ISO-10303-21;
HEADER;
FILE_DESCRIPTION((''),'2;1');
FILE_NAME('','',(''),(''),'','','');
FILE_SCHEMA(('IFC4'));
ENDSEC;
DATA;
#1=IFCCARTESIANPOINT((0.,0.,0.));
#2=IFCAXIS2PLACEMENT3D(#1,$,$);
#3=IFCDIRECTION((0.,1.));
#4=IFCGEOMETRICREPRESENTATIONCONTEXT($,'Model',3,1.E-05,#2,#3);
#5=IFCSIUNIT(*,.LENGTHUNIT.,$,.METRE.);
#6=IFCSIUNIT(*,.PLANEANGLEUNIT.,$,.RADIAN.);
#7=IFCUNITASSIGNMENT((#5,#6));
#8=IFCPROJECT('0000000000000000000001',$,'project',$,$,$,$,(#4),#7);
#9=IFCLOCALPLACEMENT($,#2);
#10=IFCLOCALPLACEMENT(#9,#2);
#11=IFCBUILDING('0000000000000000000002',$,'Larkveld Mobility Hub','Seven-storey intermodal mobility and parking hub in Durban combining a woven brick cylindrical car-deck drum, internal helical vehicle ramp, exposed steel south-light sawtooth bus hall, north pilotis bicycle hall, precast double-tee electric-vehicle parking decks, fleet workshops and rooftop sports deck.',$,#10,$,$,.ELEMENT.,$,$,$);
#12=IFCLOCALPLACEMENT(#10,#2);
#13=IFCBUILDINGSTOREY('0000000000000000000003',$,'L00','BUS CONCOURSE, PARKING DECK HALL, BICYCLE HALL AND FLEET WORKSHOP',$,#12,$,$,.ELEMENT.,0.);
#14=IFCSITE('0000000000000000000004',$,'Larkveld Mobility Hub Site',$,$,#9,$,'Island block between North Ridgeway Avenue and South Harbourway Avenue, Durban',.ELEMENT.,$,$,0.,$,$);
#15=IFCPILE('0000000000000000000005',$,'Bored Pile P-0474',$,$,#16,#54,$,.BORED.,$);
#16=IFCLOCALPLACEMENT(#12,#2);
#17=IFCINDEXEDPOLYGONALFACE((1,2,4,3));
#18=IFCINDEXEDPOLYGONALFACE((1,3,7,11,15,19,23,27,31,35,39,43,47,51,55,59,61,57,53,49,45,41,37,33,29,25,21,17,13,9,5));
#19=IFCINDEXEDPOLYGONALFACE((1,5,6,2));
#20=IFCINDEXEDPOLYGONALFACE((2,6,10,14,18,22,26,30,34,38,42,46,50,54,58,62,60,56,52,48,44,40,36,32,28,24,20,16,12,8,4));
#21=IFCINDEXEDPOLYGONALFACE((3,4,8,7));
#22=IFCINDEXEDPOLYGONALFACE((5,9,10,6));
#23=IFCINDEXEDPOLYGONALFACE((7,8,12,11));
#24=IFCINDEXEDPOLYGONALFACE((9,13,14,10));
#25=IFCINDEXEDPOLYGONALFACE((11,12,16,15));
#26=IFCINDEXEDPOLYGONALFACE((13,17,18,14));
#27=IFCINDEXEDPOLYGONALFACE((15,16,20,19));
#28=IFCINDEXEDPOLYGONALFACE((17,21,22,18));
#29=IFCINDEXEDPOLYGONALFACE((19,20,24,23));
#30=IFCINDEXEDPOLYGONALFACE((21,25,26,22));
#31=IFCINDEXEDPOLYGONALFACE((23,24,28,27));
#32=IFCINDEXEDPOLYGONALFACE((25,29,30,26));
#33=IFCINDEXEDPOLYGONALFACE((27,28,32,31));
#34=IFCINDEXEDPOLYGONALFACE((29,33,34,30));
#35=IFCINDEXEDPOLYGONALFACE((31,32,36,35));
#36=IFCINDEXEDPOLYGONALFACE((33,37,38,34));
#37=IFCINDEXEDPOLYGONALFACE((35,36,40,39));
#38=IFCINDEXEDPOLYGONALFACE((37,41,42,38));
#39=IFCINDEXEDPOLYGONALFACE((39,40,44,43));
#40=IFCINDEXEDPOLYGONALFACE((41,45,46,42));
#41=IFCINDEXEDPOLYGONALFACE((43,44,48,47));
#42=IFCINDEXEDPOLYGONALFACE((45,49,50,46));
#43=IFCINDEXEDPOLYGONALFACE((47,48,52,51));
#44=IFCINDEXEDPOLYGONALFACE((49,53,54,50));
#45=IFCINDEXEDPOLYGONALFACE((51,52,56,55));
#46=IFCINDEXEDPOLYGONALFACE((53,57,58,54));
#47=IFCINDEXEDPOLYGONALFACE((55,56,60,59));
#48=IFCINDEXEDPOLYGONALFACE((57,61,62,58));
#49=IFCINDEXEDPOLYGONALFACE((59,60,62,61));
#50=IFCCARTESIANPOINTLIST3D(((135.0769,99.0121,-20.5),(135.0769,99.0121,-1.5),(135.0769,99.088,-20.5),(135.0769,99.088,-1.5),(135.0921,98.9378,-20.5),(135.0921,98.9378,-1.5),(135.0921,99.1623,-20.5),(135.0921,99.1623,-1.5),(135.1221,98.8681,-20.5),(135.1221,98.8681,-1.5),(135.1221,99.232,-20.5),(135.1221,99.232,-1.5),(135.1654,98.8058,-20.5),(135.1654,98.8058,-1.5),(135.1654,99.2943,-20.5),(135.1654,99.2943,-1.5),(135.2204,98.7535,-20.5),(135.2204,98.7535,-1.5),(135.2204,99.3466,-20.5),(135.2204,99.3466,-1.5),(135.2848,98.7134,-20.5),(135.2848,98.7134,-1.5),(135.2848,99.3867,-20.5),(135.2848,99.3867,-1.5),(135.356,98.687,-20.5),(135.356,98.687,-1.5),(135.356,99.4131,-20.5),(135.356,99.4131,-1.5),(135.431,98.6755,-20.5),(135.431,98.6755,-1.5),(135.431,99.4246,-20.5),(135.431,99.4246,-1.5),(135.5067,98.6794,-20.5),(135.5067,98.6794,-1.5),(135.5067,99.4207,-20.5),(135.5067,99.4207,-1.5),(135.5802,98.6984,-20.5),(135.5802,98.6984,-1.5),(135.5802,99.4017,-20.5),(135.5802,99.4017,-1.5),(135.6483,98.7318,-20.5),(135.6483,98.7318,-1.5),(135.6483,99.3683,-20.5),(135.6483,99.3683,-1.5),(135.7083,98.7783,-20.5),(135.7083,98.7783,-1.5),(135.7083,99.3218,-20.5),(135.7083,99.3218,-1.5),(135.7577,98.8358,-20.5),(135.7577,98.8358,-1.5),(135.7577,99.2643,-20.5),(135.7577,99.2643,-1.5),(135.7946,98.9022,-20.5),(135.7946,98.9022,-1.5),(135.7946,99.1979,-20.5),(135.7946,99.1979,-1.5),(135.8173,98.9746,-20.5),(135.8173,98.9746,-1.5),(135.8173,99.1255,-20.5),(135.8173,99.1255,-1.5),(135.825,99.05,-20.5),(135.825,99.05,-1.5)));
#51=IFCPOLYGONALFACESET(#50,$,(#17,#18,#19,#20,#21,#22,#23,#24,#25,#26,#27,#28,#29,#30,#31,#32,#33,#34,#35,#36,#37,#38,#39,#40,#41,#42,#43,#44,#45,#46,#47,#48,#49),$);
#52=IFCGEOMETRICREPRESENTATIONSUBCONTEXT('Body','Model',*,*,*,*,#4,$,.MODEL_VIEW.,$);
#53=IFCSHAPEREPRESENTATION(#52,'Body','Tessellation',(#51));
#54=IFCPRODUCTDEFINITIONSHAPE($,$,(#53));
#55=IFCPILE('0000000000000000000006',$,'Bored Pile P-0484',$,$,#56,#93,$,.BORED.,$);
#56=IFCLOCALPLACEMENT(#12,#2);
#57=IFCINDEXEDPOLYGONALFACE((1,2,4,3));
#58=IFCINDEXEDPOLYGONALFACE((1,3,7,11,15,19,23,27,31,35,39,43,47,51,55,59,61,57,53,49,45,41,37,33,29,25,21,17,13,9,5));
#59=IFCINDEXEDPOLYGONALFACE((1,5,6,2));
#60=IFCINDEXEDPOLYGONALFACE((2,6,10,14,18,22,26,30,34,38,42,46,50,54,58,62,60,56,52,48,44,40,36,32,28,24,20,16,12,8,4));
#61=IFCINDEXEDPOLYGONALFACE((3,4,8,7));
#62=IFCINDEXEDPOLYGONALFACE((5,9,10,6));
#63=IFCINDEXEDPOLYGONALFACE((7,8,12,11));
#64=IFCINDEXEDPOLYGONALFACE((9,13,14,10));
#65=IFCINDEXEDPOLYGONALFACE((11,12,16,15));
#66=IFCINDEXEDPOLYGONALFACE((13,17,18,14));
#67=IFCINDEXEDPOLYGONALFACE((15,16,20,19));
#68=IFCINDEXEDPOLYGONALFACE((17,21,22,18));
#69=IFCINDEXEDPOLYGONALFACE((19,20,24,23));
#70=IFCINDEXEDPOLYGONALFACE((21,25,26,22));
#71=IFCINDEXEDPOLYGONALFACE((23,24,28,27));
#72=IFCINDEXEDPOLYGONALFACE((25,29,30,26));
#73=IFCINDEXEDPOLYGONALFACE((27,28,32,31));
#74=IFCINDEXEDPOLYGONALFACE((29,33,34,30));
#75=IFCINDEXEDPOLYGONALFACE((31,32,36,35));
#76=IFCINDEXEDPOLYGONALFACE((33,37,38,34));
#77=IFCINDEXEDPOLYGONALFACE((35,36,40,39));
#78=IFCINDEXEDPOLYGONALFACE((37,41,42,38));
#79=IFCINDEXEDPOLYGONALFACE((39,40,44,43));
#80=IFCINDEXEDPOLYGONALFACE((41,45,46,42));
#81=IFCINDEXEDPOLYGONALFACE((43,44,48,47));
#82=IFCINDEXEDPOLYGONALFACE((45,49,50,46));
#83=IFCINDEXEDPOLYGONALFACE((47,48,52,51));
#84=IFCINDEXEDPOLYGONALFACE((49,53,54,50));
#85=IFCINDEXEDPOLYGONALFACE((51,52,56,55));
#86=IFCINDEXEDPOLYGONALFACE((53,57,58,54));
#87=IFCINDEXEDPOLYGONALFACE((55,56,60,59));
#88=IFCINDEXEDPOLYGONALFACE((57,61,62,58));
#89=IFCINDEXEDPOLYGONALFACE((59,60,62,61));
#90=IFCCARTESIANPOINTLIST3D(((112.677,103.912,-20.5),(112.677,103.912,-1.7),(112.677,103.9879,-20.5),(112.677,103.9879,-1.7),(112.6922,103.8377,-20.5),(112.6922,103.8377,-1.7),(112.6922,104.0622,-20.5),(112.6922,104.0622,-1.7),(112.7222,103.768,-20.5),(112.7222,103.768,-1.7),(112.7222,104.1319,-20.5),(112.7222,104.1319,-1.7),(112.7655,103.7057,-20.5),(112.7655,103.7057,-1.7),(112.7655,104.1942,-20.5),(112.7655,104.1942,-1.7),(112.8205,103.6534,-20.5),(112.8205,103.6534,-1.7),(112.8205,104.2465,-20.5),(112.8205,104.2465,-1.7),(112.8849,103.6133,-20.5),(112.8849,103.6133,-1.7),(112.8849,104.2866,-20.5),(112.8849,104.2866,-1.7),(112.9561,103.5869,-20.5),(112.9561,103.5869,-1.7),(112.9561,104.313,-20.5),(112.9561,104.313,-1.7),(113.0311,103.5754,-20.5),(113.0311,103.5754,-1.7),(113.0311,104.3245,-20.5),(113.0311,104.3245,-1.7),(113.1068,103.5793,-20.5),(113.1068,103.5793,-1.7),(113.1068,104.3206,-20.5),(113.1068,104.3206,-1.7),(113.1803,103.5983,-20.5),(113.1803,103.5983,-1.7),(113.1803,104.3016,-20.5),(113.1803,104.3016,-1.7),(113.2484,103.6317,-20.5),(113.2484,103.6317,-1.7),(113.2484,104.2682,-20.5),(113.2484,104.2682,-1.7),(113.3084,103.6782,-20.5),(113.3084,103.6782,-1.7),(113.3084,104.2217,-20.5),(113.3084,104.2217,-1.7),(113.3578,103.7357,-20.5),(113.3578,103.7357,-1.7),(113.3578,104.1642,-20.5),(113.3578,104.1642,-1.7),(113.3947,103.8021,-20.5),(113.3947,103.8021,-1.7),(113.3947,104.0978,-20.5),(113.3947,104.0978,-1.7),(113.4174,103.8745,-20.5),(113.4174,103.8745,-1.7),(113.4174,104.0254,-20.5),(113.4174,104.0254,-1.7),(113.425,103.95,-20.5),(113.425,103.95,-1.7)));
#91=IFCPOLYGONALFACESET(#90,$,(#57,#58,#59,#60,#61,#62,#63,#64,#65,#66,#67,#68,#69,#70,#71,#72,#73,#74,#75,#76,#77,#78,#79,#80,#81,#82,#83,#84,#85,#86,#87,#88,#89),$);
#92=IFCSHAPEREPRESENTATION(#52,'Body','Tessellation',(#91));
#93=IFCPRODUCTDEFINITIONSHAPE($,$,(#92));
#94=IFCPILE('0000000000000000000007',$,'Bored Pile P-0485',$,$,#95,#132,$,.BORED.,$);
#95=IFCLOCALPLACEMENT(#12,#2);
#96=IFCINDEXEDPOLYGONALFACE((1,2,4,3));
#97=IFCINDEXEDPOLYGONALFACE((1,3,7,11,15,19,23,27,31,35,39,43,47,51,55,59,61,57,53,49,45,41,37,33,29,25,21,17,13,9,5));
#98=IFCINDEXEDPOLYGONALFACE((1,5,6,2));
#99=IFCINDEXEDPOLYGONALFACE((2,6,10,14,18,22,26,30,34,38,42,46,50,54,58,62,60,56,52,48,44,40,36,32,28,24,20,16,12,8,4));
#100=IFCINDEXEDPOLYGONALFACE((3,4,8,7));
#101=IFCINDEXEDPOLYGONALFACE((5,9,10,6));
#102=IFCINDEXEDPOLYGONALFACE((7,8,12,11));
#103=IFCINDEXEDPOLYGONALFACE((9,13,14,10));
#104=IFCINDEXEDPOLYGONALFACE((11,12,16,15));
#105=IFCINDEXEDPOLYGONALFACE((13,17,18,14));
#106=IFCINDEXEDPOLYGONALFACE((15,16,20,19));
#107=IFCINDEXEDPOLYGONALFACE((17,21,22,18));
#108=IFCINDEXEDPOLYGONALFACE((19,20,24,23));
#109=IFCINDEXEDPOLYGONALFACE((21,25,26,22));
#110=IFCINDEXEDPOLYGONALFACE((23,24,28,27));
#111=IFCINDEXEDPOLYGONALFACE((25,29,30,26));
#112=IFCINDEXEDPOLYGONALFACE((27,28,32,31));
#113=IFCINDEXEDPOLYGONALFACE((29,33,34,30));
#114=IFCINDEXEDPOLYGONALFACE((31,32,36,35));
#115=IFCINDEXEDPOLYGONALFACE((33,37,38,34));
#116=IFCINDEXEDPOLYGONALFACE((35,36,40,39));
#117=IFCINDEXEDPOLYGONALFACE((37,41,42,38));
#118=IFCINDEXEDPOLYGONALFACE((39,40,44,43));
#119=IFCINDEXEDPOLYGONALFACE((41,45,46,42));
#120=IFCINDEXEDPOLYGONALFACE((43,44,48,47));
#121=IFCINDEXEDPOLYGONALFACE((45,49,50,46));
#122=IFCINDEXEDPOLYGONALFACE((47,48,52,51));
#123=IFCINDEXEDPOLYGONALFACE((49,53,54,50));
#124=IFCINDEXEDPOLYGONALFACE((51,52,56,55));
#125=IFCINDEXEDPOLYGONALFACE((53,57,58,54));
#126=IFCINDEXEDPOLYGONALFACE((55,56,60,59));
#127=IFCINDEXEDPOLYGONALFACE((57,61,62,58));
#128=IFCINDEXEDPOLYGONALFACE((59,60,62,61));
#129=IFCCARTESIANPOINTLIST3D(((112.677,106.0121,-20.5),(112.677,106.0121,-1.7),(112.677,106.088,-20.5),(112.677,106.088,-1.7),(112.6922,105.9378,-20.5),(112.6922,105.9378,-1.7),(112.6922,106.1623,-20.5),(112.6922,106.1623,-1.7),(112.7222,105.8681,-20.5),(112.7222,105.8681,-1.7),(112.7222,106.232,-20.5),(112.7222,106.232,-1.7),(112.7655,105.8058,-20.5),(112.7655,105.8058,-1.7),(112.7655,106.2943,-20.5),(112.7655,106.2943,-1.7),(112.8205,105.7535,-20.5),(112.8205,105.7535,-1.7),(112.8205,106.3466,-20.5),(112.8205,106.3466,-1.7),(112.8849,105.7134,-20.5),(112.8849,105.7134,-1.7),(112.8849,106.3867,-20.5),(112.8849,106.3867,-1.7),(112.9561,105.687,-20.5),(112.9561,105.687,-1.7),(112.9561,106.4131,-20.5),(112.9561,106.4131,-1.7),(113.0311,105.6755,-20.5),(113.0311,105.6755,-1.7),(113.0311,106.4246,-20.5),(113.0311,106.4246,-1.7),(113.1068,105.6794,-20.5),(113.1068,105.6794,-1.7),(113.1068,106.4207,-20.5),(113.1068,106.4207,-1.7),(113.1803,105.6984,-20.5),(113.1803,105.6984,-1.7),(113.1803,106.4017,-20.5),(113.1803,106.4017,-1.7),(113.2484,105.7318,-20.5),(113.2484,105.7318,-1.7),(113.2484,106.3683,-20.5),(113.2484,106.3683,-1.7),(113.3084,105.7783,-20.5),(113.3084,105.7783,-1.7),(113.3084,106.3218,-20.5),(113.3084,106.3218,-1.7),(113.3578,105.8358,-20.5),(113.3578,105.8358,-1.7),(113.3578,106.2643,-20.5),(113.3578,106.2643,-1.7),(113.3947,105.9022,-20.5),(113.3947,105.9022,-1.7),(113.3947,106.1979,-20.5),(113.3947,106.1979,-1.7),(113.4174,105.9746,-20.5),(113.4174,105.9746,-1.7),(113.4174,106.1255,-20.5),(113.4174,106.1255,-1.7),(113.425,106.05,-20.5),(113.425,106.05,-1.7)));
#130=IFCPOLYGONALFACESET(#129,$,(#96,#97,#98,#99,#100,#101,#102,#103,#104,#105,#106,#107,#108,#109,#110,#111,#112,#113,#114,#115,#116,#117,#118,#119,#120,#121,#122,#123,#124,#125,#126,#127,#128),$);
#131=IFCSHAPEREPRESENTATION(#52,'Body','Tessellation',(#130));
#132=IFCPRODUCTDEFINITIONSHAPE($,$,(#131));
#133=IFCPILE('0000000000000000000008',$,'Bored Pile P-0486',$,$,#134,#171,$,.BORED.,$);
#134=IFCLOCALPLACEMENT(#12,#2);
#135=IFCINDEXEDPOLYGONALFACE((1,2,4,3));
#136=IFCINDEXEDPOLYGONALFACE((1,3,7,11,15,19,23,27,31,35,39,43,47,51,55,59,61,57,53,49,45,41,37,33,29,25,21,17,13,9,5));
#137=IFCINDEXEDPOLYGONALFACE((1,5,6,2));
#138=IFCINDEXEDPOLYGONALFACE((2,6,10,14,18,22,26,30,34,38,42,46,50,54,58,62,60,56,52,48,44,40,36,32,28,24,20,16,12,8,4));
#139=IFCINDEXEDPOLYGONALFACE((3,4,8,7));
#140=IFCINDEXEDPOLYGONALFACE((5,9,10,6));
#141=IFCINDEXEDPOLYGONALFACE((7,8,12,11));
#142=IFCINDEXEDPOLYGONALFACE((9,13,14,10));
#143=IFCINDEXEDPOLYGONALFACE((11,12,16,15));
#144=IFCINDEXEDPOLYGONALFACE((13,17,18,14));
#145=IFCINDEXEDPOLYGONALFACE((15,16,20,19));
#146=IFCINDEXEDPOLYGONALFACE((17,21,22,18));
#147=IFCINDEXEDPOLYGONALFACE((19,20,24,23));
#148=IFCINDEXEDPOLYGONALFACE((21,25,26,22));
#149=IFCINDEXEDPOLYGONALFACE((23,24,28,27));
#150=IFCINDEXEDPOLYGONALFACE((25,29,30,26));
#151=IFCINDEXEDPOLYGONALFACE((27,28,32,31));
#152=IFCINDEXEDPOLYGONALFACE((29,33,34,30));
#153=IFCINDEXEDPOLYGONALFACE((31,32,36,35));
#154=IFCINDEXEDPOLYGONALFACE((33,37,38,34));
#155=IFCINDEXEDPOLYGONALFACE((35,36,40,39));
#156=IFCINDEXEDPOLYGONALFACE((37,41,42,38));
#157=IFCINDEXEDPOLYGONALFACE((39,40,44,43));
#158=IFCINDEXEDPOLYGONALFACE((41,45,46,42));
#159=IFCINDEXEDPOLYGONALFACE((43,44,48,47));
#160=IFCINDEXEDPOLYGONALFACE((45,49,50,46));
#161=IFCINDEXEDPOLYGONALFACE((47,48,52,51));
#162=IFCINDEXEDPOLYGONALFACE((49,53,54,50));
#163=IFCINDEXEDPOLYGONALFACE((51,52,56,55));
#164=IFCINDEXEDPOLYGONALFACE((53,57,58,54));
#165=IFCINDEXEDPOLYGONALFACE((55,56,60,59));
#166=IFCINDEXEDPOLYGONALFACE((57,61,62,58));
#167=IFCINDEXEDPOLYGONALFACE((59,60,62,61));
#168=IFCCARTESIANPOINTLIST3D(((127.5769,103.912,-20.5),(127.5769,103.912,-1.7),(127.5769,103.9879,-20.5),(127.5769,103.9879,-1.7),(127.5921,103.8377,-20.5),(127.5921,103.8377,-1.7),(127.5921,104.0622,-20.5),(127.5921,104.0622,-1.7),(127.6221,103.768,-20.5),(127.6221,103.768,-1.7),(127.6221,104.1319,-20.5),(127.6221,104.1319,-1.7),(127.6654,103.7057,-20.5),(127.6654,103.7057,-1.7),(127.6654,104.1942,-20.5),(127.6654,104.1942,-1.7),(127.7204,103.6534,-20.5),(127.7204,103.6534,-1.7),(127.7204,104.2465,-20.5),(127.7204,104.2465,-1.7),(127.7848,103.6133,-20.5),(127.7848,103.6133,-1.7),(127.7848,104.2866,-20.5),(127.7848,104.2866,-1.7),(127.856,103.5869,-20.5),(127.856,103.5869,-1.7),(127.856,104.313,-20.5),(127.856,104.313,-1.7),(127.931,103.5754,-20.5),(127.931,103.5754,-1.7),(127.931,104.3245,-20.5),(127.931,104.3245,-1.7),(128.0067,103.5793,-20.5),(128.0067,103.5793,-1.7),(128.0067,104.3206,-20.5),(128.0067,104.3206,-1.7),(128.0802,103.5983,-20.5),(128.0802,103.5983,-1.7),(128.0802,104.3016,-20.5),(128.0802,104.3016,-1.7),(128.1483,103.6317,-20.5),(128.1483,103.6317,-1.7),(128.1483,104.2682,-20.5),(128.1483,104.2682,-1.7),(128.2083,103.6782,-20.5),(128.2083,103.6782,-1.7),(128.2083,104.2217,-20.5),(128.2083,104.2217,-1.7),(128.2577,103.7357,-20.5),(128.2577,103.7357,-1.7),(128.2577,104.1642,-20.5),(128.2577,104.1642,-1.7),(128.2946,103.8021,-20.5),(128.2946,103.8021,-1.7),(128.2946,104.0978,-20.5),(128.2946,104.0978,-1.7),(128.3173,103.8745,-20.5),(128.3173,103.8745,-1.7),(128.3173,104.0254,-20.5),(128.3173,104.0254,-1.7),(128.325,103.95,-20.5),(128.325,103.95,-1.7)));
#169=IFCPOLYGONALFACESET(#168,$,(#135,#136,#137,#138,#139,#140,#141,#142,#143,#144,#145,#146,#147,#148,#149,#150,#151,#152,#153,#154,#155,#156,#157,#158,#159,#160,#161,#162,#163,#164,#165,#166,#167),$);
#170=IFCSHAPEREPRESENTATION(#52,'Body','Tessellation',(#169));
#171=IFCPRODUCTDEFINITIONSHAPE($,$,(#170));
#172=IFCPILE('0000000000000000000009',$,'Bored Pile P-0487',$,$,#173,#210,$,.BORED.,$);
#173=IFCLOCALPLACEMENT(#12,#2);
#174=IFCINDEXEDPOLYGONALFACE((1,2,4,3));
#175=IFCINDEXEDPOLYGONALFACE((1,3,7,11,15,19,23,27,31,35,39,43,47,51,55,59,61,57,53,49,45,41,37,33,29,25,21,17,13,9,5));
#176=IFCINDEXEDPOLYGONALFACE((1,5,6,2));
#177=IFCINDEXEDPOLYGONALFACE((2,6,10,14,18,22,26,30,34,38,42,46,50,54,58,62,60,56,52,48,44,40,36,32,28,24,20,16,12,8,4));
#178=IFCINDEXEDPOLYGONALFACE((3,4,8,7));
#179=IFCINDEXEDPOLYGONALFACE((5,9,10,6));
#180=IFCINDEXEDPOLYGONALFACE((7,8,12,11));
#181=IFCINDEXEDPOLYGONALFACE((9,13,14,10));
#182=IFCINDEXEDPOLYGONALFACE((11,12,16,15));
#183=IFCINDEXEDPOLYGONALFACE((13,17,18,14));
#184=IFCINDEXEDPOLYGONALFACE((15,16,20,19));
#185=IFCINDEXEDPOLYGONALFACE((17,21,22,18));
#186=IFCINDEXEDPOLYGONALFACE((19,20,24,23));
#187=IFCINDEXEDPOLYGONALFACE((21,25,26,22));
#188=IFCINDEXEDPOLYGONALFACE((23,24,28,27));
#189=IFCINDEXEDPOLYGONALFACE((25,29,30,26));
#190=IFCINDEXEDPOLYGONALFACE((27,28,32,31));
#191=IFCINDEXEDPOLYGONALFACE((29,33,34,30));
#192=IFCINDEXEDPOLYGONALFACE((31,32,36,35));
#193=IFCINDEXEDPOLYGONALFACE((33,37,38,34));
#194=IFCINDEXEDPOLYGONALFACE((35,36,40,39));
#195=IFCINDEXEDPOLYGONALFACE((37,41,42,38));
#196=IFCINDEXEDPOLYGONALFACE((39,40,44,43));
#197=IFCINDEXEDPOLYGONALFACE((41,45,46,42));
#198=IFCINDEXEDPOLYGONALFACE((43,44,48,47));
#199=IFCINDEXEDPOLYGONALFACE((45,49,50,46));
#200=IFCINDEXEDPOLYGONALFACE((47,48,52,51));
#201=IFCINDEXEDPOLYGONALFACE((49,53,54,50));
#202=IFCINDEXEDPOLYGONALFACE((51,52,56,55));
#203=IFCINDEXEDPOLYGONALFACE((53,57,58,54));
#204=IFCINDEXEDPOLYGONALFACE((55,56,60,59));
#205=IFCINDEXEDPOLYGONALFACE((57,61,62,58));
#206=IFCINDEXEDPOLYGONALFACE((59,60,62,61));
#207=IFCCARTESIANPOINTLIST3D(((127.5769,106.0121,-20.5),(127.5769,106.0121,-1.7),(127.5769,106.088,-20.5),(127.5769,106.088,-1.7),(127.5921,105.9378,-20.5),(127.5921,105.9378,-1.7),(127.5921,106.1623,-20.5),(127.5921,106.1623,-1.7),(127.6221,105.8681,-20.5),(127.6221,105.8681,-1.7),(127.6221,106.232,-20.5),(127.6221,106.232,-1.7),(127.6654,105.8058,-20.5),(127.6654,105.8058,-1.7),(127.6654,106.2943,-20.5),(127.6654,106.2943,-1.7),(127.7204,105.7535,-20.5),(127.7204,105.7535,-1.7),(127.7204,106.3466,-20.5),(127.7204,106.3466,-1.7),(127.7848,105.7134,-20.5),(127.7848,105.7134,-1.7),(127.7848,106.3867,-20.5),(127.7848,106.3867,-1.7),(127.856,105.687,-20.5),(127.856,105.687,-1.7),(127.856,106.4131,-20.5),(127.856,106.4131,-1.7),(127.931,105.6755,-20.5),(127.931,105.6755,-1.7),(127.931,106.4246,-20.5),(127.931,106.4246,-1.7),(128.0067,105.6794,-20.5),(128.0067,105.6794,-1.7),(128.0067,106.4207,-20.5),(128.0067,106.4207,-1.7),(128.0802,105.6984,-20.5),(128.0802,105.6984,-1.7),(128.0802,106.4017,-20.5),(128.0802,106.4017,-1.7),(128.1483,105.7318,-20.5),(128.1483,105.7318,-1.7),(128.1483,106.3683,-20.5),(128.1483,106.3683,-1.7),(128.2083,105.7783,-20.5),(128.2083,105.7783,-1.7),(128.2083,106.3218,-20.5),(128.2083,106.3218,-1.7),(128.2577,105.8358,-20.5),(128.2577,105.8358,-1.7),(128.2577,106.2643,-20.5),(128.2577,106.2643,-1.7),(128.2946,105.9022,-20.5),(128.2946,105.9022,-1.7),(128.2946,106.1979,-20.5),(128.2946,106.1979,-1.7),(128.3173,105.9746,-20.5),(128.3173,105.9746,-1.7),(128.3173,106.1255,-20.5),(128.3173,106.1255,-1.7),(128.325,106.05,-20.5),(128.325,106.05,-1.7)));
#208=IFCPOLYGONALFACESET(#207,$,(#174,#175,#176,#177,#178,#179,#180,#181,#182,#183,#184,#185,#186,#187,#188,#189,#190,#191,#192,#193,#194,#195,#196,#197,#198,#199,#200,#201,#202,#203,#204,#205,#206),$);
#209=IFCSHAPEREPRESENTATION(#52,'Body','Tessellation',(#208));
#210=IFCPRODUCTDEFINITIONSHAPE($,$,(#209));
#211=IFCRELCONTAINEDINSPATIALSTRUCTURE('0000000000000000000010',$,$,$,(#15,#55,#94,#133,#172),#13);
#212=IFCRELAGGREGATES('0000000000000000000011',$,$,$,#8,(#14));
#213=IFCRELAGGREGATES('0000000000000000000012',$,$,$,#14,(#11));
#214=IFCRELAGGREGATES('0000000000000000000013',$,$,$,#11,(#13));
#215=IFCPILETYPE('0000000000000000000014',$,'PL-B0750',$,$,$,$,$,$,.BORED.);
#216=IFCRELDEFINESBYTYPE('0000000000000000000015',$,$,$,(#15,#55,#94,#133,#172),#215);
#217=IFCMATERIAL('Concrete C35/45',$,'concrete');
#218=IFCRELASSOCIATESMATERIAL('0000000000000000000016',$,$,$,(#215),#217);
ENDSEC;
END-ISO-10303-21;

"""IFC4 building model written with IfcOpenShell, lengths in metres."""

from ifc_helpers import new_model, si_unit, direction, frame, origin, origin_2d, place, context, subcontext, project, spatial, circle, extrude, material, material_profile, profile_set, type_object, element, save


model = new_model("IFC4")

# Units and contexts
model_context = context("Model", 3, precision=1e-05, world=origin(), true_north=direction((0.0, 1.0)))
body_context = subcontext(model_context, "Body", "Model", "MODEL_VIEW")
ifc_project = project(units=[si_unit("LENGTHUNIT", "METRE"), si_unit("PLANEANGLEUNIT", "RADIAN")], contexts=[model_context])

# Site, building, storey
site_placement = place(None, origin())
site = spatial("IfcSite", under=ifc_project, at=site_placement, Name="Larkveld Mobility Hub Site", LongName="Island block between North Ridgeway Avenue and South Harbourway Avenue, Durban", CompositionType="ELEMENT", RefElevation=0.0)
building_placement = place(site_placement, origin())
building = spatial("IfcBuilding", under=site, at=building_placement, Name="Larkveld Mobility Hub", Description="Seven-storey intermodal mobility and parking hub in Durban combining a woven brick cylindrical car-deck drum, internal helical vehicle ramp, exposed steel south-light sawtooth bus hall, north pilotis bicycle hall, precast double-tee electric-vehicle parking decks, fleet workshops and rooftop sports deck.", CompositionType="ELEMENT")
storey_placement = place(building_placement, origin())
storey = spatial("IfcBuildingStorey", under=building, at=storey_placement, Name="L00", Description="BUS CONCOURSE, PARKING DECK HALL, BICYCLE HALL AND FLEET WORKSHOP", CompositionType="ELEMENT", Elevation=0.0)

# Shared definitions
ifc_material_1 = material(Name="Concrete C35/45", Category="concrete")

# Piles
ifc_material_profile_1 = material_profile(ifc_material_1, circle(Radius=0.375, at=origin_2d()), Name="PILE D750")
ifc_profile_set_1 = profile_set([ifc_material_profile_1], Name="Concrete C35/45")
pile_type_1 = type_object("IfcPileType", Name="PL-B0750", PredefinedType="BORED", material=ifc_profile_set_1)
for number, where, z_axis, x_axis, name in (
    (1, (135.45, 99.05, -1.5), (0.0, 0.0, -1.0), (1.0, 0.0, 0.0), "Bored Pile P-0474"),
):
    element("IfcPile", number, at=place(storey_placement, frame(where, z_axis=z_axis, x_axis=x_axis)), inside=storey, type_object=pile_type_1, Name=name, PredefinedType="BORED", context=body_context, shape_type="SweptSolid", body=[
        extrude(circle(Radius=0.375, at=origin_2d()), origin(), (0.0, 0.0, 1.0), 19.0),
    ])
for number, where, z_axis, x_axis, name in (
    (2, (113.05, 103.95, -1.7), (0.0, 0.0, -1.0), (1.0, 0.0, 0.0), "Bored Pile P-0484"),
    (3, (113.05, 106.05, -1.7), (0.0, 0.0, -1.0), (1.0, 0.0, 0.0), "Bored Pile P-0485"),
    (4, (127.95, 103.95, -1.7), (0.0, 0.0, -1.0), (1.0, 0.0, 0.0), "Bored Pile P-0486"),
    (5, (127.95, 106.05, -1.7), (0.0, 0.0, -1.0), (1.0, 0.0, 0.0), "Bored Pile P-0487"),
):
    element("IfcPile", number, at=place(storey_placement, frame(where, z_axis=z_axis, x_axis=x_axis)), inside=storey, type_object=pile_type_1, Name=name, PredefinedType="BORED", context=body_context, shape_type="SweptSolid", body=[
        extrude(circle(Radius=0.375, at=origin_2d()), origin(), (0.0, 0.0, 1.0), 18.8),
    ])

save(model, "model.ifc")
